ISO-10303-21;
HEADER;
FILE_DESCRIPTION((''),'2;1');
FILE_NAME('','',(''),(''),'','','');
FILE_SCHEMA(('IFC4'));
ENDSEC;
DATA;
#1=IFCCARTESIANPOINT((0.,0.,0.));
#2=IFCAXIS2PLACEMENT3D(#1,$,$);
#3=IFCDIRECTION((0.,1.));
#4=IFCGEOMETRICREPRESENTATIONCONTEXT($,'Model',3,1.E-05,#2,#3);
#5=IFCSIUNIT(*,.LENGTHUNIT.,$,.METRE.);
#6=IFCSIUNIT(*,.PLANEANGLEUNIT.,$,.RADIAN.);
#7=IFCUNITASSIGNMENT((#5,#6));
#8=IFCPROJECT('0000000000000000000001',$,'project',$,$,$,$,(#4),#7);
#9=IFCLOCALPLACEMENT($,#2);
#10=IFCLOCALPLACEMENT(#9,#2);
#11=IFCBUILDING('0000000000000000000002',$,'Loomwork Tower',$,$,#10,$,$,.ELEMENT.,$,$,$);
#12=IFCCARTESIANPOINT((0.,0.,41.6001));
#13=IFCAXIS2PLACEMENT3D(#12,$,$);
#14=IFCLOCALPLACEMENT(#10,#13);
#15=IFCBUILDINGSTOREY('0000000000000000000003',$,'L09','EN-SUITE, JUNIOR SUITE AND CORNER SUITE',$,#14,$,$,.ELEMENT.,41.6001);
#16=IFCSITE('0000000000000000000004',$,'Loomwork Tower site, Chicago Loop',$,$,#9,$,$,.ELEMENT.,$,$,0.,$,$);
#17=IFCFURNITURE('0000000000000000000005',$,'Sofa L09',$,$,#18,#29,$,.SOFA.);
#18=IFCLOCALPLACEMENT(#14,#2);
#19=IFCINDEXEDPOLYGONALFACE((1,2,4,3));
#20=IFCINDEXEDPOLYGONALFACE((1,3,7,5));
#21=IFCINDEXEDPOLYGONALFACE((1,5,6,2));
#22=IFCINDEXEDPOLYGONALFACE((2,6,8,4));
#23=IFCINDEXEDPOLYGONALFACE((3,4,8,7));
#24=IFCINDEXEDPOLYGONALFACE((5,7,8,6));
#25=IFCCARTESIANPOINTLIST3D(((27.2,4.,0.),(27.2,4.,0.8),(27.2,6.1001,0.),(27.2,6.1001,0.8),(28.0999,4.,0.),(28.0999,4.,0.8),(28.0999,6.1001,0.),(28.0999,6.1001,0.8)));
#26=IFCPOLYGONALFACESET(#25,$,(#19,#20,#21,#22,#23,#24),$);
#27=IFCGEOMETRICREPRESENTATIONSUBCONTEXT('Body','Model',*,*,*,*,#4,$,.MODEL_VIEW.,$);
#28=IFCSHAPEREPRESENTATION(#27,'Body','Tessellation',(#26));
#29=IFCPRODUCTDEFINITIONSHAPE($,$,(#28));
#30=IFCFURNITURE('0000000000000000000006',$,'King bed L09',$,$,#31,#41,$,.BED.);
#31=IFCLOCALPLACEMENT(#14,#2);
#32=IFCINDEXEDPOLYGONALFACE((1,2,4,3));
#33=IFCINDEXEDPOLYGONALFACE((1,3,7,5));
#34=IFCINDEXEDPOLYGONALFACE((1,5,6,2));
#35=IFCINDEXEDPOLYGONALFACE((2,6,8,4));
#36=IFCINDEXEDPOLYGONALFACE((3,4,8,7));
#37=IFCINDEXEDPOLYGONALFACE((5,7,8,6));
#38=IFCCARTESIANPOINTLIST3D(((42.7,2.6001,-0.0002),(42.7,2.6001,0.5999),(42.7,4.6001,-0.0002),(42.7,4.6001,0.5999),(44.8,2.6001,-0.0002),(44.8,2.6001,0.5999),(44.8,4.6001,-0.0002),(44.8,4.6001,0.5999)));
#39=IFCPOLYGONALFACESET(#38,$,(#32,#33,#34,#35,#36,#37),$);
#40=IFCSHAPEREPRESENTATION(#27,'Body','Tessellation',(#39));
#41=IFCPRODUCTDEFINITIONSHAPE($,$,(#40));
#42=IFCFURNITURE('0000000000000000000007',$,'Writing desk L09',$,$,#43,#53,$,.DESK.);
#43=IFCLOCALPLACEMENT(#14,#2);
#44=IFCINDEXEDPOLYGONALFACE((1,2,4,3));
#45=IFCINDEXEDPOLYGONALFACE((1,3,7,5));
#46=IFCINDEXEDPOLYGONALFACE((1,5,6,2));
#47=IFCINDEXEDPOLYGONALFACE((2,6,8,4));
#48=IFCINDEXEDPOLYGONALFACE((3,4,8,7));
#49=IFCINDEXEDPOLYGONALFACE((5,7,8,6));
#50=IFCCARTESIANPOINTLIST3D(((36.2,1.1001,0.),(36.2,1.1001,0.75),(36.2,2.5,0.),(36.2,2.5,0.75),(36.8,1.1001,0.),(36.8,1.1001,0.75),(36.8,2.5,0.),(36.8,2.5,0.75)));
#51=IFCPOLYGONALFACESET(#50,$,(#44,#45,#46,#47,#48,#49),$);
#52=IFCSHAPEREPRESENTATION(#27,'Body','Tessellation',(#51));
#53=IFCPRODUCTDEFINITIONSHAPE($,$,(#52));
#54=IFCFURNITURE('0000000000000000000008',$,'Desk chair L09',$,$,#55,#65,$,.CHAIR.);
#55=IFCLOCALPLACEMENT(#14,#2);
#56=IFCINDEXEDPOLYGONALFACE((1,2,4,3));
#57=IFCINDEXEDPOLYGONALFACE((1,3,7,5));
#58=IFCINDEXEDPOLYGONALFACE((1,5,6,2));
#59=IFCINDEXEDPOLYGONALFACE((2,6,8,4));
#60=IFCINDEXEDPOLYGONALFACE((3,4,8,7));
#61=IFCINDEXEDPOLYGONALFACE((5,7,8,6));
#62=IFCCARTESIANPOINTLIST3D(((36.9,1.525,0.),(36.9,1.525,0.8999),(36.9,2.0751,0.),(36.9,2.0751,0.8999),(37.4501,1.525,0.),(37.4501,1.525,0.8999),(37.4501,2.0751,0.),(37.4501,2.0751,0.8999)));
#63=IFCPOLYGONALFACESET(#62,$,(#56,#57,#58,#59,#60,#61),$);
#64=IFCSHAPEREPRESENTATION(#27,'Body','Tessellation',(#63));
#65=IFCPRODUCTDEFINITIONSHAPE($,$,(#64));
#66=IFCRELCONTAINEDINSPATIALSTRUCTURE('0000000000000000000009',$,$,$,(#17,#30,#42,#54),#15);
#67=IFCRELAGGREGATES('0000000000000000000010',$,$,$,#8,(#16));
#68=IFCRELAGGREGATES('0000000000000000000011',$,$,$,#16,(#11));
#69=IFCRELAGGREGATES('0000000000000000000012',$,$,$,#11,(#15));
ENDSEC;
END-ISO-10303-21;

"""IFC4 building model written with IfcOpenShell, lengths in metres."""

from ifc_helpers import new_model, si_unit, direction, frame, origin, origin_2d, place, context, subcontext, project, spatial, rectangle, extrude, element, save


model = new_model("IFC4")

# Units and contexts
model_context = context("Model", 3, precision=1e-05, world=origin(), true_north=direction((0.0, 1.0)))
body_context = subcontext(model_context, "Body", "Model", "MODEL_VIEW")
ifc_project = project(units=[si_unit("LENGTHUNIT", "METRE"), si_unit("PLANEANGLEUNIT", "RADIAN")], contexts=[model_context])

# Site, building, storey
site_placement = place(None, origin())
site = spatial("IfcSite", under=ifc_project, at=site_placement, Name="Loomwork Tower site, Chicago Loop", CompositionType="ELEMENT", RefElevation=0.0)
building_placement = place(site_placement, origin())
building = spatial("IfcBuilding", under=site, at=building_placement, Name="Loomwork Tower", CompositionType="ELEMENT")
storey_placement = place(building_placement, frame((0.0, 0.0, 41.6001)))
storey = spatial("IfcBuildingStorey", under=building, at=storey_placement, Name="L09", Description="EN-SUITE, JUNIOR SUITE AND CORNER SUITE", CompositionType="ELEMENT", Elevation=41.6001)

# Furniture
furniture_1_placement = place(storey_placement, frame((27.6499, 5.05, 0.0), z_axis=(0.0, 0.0, 1.0), x_axis=(1.0, 0.0, 0.0)))
element("IfcFurniture", 1, at=furniture_1_placement, inside=storey, Name="Sofa L09", PredefinedType="SOFA", context=body_context, shape_type="SweptSolid", body=[
    extrude(rectangle(XDim=0.8999, YDim=2.1001, at=origin_2d()), origin(), (0.0, 0.0, 1.0), 0.8),
])
furniture_2_placement = place(storey_placement, frame((43.75, 3.6001, -0.0002), z_axis=(0.0, 0.0, 1.0), x_axis=(1.0, 0.0, 0.0)))
element("IfcFurniture", 2, at=furniture_2_placement, inside=storey, Name="King bed L09", PredefinedType="BED", context=body_context, shape_type="SweptSolid", body=[
    extrude(rectangle(XDim=2.1001, YDim=2.0, at=origin_2d()), origin(), (0.0, 0.0, 1.0), 0.6001),
])
furniture_3_placement = place(storey_placement, frame((36.5, 1.8, 0.0), z_axis=(0.0, 0.0, 1.0), x_axis=(1.0, 0.0, 0.0)))
element("IfcFurniture", 3, at=furniture_3_placement, inside=storey, Name="Writing desk L09", PredefinedType="DESK", context=body_context, shape_type="SweptSolid", body=[
    extrude(rectangle(XDim=0.6001, YDim=1.3999, at=origin_2d()), origin(), (0.0, 0.0, 1.0), 0.75),
])
furniture_4_placement = place(storey_placement, frame((37.175, 1.8, 0.0), z_axis=(0.0, 0.0, 1.0), x_axis=(1.0, 0.0, 0.0)))
element("IfcFurniture", 4, at=furniture_4_placement, inside=storey, Name="Desk chair L09", PredefinedType="CHAIR", context=body_context, shape_type="SweptSolid", body=[
    extrude(rectangle(XDim=0.55, YDim=0.55, at=origin_2d()), origin(), (0.0, 0.0, 1.0), 0.8999),
])

save(model, "model.ifc")
